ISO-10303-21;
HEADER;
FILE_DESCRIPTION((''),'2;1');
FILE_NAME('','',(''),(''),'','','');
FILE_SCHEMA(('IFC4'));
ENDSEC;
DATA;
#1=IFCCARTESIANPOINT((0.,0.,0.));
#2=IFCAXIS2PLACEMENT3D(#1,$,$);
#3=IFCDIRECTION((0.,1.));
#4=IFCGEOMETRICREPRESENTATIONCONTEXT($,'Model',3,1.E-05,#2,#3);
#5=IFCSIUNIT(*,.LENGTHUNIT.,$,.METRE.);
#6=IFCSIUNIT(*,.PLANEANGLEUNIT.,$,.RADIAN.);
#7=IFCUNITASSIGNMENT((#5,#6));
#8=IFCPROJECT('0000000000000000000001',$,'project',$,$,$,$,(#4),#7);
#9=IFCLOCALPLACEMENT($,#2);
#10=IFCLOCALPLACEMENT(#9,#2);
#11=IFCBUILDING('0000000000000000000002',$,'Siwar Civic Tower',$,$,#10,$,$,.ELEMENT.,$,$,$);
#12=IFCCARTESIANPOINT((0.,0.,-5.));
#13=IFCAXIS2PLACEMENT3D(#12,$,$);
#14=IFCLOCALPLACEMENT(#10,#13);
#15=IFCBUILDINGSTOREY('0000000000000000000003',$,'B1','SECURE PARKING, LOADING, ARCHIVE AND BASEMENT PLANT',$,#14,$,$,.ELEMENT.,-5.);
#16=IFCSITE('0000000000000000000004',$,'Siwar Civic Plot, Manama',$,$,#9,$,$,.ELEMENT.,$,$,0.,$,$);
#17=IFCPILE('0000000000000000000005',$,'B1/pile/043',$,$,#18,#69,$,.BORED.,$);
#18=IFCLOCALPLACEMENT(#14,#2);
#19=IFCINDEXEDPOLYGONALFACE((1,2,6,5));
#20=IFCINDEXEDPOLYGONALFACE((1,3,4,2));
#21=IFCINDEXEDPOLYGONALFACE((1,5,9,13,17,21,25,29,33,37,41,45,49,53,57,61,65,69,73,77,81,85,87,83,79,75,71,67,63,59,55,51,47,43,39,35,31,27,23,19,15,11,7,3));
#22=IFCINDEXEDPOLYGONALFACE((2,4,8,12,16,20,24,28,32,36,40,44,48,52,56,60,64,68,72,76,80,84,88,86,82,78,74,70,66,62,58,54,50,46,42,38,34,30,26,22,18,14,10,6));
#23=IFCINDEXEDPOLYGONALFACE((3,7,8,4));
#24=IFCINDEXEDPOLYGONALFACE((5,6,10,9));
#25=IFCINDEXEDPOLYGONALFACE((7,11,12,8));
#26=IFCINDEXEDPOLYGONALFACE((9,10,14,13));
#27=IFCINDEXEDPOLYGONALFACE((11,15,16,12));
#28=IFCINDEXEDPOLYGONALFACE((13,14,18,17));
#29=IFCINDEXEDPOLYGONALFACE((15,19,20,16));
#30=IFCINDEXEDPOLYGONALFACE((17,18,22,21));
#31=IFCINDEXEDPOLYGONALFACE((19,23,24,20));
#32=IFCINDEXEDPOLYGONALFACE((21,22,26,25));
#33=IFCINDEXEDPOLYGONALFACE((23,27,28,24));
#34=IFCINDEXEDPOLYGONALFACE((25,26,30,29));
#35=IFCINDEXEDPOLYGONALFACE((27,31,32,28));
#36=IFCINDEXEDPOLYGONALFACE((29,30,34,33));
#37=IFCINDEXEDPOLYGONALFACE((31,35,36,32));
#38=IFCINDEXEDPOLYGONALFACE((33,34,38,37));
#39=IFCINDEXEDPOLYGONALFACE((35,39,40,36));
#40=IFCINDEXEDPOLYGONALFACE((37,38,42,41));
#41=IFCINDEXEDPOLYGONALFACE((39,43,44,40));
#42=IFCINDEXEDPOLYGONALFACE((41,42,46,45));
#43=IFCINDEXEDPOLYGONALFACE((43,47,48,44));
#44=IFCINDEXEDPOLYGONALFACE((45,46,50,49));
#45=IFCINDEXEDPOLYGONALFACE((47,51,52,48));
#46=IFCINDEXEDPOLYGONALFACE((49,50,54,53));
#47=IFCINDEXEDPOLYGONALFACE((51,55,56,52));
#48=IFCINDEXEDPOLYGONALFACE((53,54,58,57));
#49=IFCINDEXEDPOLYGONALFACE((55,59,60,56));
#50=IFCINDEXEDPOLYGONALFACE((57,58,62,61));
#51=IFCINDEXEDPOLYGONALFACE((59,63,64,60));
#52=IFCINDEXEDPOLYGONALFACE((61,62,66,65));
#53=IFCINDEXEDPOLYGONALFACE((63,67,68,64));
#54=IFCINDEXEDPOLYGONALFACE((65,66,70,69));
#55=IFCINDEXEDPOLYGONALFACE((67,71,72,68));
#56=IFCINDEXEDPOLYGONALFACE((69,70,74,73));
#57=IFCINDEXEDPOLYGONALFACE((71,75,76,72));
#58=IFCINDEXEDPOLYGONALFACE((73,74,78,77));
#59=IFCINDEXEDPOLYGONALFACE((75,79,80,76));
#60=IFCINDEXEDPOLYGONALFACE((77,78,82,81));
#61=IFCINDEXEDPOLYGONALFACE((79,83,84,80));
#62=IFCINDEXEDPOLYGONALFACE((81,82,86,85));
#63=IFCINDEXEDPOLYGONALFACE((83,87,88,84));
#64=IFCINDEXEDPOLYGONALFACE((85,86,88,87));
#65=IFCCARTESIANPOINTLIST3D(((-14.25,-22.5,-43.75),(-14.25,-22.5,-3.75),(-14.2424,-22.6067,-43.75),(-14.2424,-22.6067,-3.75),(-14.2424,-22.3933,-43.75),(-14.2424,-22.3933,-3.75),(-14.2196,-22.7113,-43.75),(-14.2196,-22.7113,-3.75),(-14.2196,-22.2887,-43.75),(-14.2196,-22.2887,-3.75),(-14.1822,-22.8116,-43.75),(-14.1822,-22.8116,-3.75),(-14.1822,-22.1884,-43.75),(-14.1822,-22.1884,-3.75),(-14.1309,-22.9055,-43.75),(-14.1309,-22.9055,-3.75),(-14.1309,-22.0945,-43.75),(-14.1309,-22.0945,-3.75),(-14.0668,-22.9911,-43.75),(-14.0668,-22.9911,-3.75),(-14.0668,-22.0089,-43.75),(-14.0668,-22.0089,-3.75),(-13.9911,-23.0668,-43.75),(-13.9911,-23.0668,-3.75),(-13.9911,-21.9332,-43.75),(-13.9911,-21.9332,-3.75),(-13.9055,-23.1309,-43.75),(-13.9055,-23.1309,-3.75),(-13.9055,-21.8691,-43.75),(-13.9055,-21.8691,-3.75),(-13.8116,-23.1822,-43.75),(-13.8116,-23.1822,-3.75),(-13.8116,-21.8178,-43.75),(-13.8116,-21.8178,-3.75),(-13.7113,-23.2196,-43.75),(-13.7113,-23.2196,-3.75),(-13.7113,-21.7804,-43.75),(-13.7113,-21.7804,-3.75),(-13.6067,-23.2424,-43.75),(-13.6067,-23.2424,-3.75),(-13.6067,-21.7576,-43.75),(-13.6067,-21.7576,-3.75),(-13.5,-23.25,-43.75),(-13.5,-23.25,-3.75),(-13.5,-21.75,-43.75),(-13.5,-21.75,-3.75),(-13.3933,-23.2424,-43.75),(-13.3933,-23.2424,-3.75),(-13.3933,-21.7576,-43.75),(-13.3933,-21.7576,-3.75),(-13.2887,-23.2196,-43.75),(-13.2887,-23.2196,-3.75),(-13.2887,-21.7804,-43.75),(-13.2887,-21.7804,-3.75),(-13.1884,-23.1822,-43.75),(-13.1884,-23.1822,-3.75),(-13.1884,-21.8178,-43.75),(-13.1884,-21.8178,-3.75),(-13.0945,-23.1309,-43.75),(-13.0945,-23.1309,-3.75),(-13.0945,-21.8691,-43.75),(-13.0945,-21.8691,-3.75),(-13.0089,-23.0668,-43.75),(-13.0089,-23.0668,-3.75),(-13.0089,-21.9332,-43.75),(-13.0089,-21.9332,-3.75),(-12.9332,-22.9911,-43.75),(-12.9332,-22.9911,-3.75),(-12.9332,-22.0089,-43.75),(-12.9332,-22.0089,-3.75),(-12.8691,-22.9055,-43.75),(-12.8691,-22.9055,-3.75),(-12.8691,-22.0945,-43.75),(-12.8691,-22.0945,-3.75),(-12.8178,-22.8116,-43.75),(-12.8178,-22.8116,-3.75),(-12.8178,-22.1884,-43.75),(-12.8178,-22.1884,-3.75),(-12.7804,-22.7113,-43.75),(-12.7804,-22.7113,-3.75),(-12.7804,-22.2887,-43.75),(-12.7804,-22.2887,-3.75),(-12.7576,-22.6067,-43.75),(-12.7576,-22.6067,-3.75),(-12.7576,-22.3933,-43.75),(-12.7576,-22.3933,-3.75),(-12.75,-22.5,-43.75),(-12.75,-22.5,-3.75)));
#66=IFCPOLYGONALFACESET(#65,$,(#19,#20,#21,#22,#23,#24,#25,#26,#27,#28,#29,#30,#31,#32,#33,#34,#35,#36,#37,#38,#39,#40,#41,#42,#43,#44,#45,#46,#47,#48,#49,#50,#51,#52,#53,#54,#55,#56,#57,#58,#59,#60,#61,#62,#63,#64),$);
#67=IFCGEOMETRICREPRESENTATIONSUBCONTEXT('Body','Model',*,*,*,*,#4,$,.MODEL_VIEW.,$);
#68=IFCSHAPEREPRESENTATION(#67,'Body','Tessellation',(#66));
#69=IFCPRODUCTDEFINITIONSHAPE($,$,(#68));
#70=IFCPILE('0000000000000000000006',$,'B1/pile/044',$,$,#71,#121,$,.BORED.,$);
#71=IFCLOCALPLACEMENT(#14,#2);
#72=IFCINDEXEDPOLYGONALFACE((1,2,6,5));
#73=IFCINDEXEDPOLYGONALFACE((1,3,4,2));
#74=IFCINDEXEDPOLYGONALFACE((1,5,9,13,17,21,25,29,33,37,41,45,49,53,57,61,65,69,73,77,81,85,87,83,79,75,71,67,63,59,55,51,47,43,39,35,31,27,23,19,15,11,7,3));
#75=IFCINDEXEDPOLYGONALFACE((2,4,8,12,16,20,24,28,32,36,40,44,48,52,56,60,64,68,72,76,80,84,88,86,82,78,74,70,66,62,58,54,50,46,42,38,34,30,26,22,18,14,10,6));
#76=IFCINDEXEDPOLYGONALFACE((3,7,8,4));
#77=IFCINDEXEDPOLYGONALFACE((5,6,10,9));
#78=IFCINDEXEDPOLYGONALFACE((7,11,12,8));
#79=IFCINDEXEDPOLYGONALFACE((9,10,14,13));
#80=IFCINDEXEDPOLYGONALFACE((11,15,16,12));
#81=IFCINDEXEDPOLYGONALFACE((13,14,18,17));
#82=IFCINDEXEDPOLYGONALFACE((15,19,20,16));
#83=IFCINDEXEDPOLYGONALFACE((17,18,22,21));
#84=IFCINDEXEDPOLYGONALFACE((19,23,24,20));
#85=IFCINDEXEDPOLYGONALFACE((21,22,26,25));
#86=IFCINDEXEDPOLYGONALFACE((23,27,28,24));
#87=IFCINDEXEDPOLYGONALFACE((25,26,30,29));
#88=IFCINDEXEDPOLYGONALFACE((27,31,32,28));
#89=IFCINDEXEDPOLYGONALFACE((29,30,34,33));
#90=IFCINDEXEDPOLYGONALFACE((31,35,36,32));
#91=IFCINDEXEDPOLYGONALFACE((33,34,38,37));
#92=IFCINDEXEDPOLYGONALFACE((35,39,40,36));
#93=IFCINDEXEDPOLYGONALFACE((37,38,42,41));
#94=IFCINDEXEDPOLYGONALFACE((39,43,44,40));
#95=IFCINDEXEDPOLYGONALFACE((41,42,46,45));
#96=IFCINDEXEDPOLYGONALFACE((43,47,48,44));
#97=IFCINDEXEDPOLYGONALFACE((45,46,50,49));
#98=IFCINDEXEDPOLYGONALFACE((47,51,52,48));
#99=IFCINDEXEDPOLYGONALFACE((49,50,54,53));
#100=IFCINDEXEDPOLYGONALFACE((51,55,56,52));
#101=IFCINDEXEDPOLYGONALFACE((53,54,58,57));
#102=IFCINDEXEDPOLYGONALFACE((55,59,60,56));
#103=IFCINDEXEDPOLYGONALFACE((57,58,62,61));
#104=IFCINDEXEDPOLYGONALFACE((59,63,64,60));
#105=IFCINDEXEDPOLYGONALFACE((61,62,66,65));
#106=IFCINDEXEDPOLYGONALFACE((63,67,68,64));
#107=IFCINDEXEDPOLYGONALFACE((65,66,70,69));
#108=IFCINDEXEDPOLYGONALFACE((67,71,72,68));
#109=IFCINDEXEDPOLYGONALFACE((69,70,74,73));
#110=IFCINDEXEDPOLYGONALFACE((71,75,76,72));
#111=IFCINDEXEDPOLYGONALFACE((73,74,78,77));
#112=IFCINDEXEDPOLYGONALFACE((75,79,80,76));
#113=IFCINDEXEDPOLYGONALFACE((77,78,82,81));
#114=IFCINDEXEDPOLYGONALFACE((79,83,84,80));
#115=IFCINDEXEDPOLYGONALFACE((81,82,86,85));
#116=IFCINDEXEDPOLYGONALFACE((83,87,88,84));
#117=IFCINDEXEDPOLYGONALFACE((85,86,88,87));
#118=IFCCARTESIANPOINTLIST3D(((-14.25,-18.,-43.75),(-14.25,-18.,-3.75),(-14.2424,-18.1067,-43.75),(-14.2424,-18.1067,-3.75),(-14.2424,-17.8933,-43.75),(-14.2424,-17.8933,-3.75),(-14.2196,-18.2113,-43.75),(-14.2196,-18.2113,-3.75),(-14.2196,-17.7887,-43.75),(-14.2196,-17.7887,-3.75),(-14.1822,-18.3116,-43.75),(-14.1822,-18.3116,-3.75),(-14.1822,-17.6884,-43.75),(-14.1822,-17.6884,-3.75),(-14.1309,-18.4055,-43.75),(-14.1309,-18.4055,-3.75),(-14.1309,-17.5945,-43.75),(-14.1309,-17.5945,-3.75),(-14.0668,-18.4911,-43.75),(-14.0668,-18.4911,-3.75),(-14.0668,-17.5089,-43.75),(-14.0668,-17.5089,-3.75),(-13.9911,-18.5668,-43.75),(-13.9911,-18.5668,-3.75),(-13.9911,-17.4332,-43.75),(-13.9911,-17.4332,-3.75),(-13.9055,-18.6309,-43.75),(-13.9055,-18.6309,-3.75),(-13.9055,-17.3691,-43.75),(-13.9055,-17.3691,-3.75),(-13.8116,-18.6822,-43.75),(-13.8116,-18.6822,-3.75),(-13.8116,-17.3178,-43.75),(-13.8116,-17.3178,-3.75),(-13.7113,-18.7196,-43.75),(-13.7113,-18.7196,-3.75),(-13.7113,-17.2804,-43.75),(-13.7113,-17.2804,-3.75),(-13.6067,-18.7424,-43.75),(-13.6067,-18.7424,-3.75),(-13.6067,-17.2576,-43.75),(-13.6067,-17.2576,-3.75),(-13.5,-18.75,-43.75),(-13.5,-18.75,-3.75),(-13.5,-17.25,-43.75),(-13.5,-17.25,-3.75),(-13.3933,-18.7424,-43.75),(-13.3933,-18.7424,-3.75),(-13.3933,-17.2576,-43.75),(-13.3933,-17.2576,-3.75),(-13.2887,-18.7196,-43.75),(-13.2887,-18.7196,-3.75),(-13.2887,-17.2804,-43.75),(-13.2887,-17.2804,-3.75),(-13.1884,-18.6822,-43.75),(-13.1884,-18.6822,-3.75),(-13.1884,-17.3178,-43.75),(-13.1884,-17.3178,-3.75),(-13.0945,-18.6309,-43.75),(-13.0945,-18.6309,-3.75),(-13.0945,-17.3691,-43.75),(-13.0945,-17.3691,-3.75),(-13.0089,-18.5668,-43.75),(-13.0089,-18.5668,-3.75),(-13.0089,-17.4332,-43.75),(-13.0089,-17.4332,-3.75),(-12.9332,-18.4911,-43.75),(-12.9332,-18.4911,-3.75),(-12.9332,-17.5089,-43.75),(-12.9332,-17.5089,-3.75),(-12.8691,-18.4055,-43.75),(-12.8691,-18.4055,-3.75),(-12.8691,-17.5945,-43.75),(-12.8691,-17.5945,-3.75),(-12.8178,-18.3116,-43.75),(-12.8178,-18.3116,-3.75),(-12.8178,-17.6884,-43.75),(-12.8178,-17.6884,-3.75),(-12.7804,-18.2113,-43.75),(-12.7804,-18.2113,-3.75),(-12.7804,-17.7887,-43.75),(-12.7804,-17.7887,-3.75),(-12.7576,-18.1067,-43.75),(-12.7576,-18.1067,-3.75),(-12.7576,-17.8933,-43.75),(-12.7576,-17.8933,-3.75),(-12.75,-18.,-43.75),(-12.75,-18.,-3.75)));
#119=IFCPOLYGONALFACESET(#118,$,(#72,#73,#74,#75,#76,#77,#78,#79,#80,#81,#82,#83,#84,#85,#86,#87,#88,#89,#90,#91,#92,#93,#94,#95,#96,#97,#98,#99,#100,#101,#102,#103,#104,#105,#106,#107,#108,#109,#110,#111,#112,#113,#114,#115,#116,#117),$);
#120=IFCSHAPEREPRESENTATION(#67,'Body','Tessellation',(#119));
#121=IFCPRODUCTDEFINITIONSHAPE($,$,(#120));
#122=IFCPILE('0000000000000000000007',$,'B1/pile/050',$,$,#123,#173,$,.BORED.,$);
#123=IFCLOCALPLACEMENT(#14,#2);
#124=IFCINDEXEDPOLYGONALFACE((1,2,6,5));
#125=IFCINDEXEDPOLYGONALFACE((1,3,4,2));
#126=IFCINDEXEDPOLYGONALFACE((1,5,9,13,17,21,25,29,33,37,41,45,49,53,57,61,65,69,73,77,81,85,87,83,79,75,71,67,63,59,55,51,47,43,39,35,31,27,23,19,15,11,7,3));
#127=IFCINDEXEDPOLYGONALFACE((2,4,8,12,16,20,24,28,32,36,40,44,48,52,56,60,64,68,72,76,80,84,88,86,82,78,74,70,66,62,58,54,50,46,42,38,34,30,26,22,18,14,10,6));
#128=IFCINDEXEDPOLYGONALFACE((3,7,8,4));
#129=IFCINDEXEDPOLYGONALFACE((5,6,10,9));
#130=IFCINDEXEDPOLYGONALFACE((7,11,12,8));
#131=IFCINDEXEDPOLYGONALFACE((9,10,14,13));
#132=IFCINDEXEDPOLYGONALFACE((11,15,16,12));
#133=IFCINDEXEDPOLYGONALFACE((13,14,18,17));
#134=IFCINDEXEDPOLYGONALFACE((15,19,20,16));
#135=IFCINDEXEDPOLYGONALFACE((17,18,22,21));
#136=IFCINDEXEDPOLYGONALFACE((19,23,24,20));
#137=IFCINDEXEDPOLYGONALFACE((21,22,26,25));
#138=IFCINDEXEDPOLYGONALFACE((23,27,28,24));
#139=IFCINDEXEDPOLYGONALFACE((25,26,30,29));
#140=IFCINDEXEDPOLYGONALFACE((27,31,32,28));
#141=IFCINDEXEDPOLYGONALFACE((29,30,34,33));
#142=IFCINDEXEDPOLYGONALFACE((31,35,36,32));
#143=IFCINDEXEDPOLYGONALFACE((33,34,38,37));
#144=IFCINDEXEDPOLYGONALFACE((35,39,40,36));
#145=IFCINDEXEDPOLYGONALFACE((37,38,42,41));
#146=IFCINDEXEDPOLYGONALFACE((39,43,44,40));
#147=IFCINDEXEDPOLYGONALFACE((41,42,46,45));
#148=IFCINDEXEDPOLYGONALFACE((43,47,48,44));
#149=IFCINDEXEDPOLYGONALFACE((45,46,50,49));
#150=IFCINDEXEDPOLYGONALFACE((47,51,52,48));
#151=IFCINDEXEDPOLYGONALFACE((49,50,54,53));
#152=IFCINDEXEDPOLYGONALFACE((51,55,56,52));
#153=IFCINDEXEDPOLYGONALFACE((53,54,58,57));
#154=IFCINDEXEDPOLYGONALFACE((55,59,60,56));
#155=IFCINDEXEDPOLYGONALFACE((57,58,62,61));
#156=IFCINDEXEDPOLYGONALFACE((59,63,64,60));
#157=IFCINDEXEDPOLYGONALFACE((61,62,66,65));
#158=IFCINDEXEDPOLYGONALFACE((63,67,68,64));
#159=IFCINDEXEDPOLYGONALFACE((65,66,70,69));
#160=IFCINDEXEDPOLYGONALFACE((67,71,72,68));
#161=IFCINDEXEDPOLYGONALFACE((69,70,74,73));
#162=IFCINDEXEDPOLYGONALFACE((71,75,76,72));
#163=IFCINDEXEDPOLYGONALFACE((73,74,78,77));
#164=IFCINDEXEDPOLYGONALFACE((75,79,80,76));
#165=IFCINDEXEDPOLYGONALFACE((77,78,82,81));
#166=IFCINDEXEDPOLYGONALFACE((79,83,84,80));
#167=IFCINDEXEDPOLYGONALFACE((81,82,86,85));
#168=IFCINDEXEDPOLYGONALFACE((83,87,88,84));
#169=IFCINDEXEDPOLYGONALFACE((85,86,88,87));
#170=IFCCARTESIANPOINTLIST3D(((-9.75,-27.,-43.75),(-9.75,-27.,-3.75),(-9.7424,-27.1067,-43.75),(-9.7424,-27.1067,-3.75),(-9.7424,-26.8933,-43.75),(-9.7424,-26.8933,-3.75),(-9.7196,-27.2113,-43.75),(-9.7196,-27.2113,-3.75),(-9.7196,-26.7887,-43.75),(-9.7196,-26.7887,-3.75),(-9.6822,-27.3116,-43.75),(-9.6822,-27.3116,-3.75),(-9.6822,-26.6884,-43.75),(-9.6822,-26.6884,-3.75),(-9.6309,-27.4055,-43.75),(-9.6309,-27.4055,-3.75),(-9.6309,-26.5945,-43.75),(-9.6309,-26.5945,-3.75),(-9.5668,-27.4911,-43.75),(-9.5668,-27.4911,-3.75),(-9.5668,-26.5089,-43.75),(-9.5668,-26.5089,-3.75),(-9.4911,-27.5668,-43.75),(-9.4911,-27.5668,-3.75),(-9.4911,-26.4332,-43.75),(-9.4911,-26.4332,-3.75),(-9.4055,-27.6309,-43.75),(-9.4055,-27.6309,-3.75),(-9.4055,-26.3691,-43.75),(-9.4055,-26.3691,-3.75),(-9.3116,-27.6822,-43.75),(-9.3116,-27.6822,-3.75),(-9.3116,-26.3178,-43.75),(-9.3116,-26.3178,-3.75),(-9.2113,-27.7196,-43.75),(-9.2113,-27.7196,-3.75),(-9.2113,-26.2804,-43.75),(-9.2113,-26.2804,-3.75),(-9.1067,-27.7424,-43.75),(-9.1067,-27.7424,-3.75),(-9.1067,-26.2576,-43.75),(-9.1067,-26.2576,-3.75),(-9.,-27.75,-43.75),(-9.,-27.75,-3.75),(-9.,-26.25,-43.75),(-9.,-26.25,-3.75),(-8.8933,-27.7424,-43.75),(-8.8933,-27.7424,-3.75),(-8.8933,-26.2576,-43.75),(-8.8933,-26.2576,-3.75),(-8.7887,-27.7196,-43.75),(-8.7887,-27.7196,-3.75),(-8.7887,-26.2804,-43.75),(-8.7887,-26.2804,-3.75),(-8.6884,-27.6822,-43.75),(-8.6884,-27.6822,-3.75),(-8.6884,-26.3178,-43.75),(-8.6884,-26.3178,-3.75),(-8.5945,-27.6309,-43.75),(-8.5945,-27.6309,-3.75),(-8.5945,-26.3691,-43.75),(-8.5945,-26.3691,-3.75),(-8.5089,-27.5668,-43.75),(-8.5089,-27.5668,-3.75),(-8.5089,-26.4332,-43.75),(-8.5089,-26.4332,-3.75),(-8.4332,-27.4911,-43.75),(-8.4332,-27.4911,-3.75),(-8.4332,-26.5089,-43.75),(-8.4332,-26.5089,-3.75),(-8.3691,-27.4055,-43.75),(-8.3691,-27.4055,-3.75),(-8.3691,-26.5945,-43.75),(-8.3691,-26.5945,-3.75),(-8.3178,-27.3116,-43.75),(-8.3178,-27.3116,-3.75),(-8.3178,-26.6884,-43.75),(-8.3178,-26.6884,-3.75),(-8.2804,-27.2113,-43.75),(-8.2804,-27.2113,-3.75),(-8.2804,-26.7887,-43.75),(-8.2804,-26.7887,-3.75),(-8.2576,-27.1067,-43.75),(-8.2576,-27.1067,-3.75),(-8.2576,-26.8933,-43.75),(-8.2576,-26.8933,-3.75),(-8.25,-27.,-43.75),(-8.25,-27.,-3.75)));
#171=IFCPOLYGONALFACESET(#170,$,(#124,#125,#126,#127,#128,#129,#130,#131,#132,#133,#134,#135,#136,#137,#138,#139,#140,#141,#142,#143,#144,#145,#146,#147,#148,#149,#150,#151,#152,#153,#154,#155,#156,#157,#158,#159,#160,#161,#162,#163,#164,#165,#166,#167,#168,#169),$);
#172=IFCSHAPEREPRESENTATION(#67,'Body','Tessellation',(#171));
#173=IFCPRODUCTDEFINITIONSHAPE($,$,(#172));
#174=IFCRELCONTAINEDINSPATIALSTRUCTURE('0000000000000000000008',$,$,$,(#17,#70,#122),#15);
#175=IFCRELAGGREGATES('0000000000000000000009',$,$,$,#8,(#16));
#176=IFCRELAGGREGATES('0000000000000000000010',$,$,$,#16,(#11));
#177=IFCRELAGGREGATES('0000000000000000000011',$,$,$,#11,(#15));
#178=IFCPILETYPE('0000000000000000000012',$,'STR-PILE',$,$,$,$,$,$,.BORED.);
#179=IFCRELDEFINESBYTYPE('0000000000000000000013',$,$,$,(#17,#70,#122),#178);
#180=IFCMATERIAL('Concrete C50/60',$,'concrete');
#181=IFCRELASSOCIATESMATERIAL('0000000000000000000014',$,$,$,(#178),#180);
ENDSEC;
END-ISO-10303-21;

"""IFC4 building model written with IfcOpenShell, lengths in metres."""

from ifc_helpers import new_model, si_unit, direction, frame, origin, origin_2d, place, context, subcontext, project, spatial, circle, extrude, material, material_profile, profile_set, type_object, element, save


model = new_model("IFC4")

# Units and contexts
model_context = context("Model", 3, precision=1e-05, world=origin(), true_north=direction((0.0, 1.0)))
body_context = subcontext(model_context, "Body", "Model", "MODEL_VIEW")
ifc_project = project(units=[si_unit("LENGTHUNIT", "METRE"), si_unit("PLANEANGLEUNIT", "RADIAN")], contexts=[model_context])

# Site, building, storey
site_placement = place(None, origin())
site = spatial("IfcSite", under=ifc_project, at=site_placement, Name="Siwar Civic Plot, Manama", CompositionType="ELEMENT", RefElevation=0.0)
building_placement = place(site_placement, origin())
building = spatial("IfcBuilding", under=site, at=building_placement, Name="Siwar Civic Tower", CompositionType="ELEMENT")
storey_placement = place(building_placement, frame((0.0, 0.0, -5.0)))
storey = spatial("IfcBuildingStorey", under=building, at=storey_placement, Name="B1", Description="SECURE PARKING, LOADING, ARCHIVE AND BASEMENT PLANT", CompositionType="ELEMENT", Elevation=-5.0)

# Piles
ifc_material_1 = material(Name="Concrete C50/60", Category="concrete")
ifc_material_profile_1 = material_profile(ifc_material_1, circle(Radius=0.75, at=origin_2d()), Name="PILE1500")
ifc_profile_set_1 = profile_set([ifc_material_profile_1], Name="Concrete C50/60")
pile_type = type_object("IfcPileType", Name="STR-PILE", PredefinedType="BORED", material=ifc_profile_set_1)
for number, where, z_axis, x_axis, name in (
    (1, (-13.5, -22.5, -3.75), (0.0, 0.0, -1.0), (1.0, 0.0, 0.0), "B1/pile/043"),
    (2, (-13.5, -18.0, -3.75), (0.0, 0.0, -1.0), (1.0, 0.0, 0.0), "B1/pile/044"),
    (3, (-9.0, -27.0, -3.75), (0.0, 0.0, -1.0), (1.0, 0.0, 0.0), "B1/pile/050"),
):
    element("IfcPile", number, at=place(storey_placement, frame(where, z_axis=z_axis, x_axis=x_axis)), inside=storey, type_object=pile_type, Name=name, PredefinedType="BORED", context=body_context, shape_type="SweptSolid", body=[
        extrude(circle(Radius=0.75, at=origin_2d()), origin(), (0.0, 0.0, 1.0), 40.0),
    ])

save(model, "model.ifc")
